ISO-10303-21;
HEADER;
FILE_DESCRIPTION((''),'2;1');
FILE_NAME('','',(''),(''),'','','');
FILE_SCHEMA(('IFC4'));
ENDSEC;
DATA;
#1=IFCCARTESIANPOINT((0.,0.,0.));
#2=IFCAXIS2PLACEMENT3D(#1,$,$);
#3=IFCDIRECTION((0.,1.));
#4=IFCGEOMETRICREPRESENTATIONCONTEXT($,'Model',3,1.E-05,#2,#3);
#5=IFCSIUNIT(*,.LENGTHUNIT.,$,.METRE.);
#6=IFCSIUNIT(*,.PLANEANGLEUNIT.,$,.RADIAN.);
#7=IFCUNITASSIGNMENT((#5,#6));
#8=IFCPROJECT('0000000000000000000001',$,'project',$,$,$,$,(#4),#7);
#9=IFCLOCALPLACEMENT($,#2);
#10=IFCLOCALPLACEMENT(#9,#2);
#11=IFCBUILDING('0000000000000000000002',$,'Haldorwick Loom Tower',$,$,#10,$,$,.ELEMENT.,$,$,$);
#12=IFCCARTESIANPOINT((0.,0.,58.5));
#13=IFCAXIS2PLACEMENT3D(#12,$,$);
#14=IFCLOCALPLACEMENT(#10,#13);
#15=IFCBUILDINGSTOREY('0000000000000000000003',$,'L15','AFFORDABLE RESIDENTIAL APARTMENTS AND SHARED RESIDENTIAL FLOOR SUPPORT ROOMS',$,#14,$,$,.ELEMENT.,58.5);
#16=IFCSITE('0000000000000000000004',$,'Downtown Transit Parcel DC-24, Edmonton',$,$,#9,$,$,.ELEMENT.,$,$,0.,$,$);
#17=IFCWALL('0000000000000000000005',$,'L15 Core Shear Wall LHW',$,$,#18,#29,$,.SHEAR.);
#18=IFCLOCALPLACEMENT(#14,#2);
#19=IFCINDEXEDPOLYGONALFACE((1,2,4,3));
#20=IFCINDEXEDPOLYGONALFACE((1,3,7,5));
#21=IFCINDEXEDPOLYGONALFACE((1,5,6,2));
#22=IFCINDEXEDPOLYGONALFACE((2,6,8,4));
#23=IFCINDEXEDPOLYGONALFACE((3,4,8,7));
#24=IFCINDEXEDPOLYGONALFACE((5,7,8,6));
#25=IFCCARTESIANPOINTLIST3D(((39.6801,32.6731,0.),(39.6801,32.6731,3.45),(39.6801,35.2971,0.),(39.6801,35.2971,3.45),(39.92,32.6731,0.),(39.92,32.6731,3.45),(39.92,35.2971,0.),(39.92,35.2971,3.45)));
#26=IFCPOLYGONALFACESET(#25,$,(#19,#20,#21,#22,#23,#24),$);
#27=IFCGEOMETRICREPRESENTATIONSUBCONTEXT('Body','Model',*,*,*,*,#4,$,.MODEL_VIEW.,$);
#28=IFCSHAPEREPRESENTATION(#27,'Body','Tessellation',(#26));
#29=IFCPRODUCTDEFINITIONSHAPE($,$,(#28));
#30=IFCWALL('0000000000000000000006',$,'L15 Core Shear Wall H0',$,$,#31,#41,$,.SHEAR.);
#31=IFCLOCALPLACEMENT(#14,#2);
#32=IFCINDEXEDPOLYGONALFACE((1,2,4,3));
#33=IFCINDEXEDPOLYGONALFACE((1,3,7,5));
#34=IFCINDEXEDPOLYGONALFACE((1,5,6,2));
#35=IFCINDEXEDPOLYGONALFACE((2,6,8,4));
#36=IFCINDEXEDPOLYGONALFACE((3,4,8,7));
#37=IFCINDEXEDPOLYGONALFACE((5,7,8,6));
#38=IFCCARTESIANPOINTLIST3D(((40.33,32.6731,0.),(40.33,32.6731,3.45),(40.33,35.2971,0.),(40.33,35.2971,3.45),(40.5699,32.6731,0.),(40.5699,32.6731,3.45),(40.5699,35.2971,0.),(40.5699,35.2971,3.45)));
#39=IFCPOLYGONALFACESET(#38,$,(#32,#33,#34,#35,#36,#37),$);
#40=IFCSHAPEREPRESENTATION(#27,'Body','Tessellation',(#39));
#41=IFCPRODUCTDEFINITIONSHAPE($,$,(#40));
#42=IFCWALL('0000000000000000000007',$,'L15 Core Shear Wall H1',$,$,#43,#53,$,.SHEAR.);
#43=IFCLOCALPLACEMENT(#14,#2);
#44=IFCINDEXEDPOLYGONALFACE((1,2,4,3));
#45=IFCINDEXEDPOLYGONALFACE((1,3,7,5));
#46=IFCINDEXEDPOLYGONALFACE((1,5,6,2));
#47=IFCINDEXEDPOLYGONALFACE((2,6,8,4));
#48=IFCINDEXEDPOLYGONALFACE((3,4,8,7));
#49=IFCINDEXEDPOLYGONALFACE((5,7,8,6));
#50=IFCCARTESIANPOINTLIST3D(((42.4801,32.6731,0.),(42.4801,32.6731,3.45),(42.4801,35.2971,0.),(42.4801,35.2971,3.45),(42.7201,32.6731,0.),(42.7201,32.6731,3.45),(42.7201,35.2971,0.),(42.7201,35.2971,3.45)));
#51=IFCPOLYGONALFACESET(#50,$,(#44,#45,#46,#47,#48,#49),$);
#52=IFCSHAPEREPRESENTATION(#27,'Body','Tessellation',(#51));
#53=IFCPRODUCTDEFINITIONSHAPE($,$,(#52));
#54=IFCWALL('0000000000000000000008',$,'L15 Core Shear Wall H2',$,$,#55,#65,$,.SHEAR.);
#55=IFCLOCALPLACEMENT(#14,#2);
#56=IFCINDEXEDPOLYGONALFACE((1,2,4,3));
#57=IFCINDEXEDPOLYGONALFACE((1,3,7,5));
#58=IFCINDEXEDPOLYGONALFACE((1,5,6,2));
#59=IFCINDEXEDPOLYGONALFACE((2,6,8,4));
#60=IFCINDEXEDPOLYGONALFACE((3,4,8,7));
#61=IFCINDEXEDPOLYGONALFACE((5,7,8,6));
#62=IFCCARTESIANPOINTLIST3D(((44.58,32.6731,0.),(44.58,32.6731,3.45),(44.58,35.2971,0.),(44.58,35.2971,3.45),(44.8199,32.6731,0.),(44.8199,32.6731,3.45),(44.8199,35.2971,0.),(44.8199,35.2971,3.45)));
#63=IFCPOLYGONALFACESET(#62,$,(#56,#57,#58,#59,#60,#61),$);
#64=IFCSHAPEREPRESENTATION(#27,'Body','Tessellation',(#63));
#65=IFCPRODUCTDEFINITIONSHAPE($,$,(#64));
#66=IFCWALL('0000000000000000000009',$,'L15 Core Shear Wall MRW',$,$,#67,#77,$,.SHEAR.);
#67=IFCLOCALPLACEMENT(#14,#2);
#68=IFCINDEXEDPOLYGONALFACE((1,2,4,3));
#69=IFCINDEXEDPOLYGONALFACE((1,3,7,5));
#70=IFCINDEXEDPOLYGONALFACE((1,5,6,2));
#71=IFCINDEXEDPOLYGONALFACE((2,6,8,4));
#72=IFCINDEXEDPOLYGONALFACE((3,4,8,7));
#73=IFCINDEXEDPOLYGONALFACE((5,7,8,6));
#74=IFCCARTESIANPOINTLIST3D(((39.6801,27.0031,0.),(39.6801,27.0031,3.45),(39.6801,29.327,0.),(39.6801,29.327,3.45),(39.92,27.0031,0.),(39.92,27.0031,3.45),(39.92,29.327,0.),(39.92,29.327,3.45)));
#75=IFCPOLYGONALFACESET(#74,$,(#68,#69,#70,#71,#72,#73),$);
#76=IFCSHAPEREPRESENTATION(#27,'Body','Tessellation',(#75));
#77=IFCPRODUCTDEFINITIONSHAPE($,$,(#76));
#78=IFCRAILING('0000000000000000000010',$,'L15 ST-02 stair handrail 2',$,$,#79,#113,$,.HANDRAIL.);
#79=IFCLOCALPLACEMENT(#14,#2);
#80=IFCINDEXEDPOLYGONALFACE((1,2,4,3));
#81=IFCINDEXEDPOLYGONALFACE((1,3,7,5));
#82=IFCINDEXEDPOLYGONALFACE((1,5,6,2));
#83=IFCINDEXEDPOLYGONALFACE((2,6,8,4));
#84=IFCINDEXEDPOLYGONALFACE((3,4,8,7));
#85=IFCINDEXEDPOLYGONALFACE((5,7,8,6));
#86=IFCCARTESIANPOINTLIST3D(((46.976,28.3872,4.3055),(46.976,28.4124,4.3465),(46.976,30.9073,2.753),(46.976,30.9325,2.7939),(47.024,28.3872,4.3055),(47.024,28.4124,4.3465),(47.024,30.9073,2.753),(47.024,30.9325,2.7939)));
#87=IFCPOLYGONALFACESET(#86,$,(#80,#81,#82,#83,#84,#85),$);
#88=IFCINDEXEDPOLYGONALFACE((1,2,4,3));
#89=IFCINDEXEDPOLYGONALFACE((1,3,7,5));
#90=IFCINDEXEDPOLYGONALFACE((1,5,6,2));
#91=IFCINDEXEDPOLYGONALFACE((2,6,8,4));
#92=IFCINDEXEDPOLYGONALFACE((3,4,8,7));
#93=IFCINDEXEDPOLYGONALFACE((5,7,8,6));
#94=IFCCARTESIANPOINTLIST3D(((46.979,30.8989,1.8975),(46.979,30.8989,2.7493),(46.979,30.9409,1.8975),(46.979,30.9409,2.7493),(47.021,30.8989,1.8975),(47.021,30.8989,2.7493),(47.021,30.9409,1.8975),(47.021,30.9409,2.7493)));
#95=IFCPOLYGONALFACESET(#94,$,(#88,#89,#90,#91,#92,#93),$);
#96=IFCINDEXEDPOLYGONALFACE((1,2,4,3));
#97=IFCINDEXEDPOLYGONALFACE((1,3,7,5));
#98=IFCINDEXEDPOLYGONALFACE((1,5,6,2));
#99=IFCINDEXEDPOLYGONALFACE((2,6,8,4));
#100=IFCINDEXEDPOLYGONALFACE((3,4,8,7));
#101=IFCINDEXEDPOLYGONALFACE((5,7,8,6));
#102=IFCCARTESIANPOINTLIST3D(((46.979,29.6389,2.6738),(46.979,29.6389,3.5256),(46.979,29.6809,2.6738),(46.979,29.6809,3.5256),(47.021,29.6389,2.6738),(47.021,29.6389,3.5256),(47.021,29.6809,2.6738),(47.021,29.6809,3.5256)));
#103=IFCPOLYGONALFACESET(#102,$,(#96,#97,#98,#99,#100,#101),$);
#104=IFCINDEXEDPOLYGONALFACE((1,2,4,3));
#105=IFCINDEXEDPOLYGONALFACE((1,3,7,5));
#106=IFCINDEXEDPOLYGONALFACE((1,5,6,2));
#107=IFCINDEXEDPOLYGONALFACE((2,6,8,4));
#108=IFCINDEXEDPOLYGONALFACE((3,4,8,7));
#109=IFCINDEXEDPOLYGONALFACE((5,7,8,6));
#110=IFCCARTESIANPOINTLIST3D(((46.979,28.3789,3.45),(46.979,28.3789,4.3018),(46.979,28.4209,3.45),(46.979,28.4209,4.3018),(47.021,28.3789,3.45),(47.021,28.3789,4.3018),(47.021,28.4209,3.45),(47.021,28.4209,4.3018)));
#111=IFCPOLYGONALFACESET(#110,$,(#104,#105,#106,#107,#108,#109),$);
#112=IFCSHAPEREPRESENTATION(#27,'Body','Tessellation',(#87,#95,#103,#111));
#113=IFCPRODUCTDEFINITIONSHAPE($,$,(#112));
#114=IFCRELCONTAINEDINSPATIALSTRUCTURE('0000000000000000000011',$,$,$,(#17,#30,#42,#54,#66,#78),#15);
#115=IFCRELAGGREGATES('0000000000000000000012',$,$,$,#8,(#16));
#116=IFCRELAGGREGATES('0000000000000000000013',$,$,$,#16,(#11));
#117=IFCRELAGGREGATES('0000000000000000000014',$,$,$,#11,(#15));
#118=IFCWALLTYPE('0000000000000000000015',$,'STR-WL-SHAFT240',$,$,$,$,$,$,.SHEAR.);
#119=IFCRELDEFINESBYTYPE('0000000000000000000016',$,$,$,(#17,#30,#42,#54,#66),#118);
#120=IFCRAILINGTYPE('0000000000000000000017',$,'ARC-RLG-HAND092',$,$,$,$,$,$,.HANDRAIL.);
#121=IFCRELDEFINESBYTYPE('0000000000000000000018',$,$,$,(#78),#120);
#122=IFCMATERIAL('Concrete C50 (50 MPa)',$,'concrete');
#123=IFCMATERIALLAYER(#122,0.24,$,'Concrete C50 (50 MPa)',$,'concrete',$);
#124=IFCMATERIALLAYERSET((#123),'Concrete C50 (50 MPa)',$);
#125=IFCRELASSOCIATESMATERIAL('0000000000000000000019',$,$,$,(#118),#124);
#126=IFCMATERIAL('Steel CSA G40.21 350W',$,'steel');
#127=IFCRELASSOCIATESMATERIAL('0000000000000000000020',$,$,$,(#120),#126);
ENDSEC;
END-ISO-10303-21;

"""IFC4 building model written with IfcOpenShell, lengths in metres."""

from ifc_helpers import new_model, si_unit, direction, frame, frame_2d, origin, origin_2d, place, context, subcontext, project, spatial, rectangle, extrude, material, layer, layer_set, type_object, element, save


model = new_model("IFC4")

# Units and contexts
model_context = context("Model", 3, precision=1e-05, world=origin(), true_north=direction((0.0, 1.0)))
body_context = subcontext(model_context, "Body", "Model", "MODEL_VIEW")
ifc_project = project(units=[si_unit("LENGTHUNIT", "METRE"), si_unit("PLANEANGLEUNIT", "RADIAN")], contexts=[model_context])

# Site, building, storey
site_placement = place(None, origin())
site = spatial("IfcSite", under=ifc_project, at=site_placement, Name="Downtown Transit Parcel DC-24, Edmonton", CompositionType="ELEMENT", RefElevation=0.0)
building_placement = place(site_placement, origin())
building = spatial("IfcBuilding", under=site, at=building_placement, Name="Haldorwick Loom Tower", CompositionType="ELEMENT")
storey_placement = place(building_placement, frame((0.0, 0.0, 58.5)))
storey = spatial("IfcBuildingStorey", under=building, at=storey_placement, Name="L15", Description="AFFORDABLE RESIDENTIAL APARTMENTS AND SHARED RESIDENTIAL FLOOR SUPPORT ROOMS", CompositionType="ELEMENT", Elevation=58.5)

# Shared definitions
ifc_material_1 = material(Name="Steel CSA G40.21 350W", Category="steel")

# Shared definitions
ifc_material_2 = material(Name="Concrete C50 (50 MPa)", Category="concrete")
ifc_layer_1 = layer(ifc_material_2, 0.24, Name="Concrete C50 (50 MPa)", Category="concrete")
ifc_layer_set_1 = layer_set([ifc_layer_1], Name="Concrete C50 (50 MPa)")
wall_type_1 = type_object("IfcWallType", Name="STR-WL-SHAFT240", PredefinedType="SHEAR", material=ifc_layer_set_1)

# Walls
for number, where, z_axis, x_axis, name in (
    (1, (39.8, 32.6731, 0.0), (0.0, 0.0, 1.0), (0.0, 1.0, 0.0), "L15 Core Shear Wall LHW"),
    (2, (40.45, 32.6731, 0.0), (0.0, 0.0, 1.0), (0.0, 1.0, 0.0), "L15 Core Shear Wall H0"),
    (3, (42.6001, 32.6731, 0.0), (0.0, 0.0, 1.0), (0.0, 1.0, 0.0), "L15 Core Shear Wall H1"),
    (4, (44.7, 32.6731, 0.0), (0.0, 0.0, 1.0), (0.0, 1.0, 0.0), "L15 Core Shear Wall H2"),
):
    element("IfcWall", number, at=place(storey_placement, frame(where, z_axis=z_axis, x_axis=x_axis)), inside=storey, type_object=wall_type_1, Name=name, PredefinedType="SHEAR", context=body_context, shape_type="SweptSolid", body=[
        extrude(rectangle(XDim=2.624, YDim=0.24, at=frame_2d((1.312, 0.0))), origin(), (0.0, 0.0, 1.0), 3.45),
    ])
wall_1_placement = place(storey_placement, frame((39.8, 27.0029, 0.0), z_axis=(0.0, 0.0, 1.0), x_axis=(0.0, 1.0, 0.0)))
element("IfcWall", 5, at=wall_1_placement, inside=storey, type_object=wall_type_1, Name="L15 Core Shear Wall MRW", PredefinedType="SHEAR", context=body_context, shape_type="SweptSolid", body=[
    extrude(rectangle(XDim=2.324, YDim=0.24, at=frame_2d((1.1621, 0.0))), origin(), (0.0, 0.0, 1.0), 3.45),
])

# Railing
railing_type = type_object("IfcRailingType", Name="ARC-RLG-HAND092", PredefinedType="HANDRAIL", material=ifc_material_1)
railing_placement = place(storey_placement, frame((47.0, 30.9199, 1.8975)))
element("IfcRailing", 6, at=railing_placement, inside=storey, type_object=railing_type, Name="L15 ST-02 stair handrail 2", PredefinedType="HANDRAIL", context=body_context, shape_type="SweptSolid", body=[
    extrude(rectangle(XDim=0.0481, YDim=0.0481, at=origin_2d()), frame((0.0, 0.0, 0.876), z_axis=(0.0, -0.8514, 0.524516), x_axis=(1.0, 0.0, 0.0)), (0.0, 0.0, 1.0), 2.96),
    extrude(rectangle(XDim=0.042, YDim=0.042, at=origin_2d()), origin(), (0.0, 0.0, 1.0), 0.8518),
    extrude(rectangle(XDim=0.042, YDim=0.042, at=origin_2d()), frame((0.0, -1.26, 0.7764)), (0.0, 0.0, 1.0), 0.8518),
    extrude(rectangle(XDim=0.042, YDim=0.042, at=origin_2d()), frame((0.0, -2.52, 1.5525)), (0.0, 0.0, 1.0), 0.8518),
])

save(model, "model.ifc")
